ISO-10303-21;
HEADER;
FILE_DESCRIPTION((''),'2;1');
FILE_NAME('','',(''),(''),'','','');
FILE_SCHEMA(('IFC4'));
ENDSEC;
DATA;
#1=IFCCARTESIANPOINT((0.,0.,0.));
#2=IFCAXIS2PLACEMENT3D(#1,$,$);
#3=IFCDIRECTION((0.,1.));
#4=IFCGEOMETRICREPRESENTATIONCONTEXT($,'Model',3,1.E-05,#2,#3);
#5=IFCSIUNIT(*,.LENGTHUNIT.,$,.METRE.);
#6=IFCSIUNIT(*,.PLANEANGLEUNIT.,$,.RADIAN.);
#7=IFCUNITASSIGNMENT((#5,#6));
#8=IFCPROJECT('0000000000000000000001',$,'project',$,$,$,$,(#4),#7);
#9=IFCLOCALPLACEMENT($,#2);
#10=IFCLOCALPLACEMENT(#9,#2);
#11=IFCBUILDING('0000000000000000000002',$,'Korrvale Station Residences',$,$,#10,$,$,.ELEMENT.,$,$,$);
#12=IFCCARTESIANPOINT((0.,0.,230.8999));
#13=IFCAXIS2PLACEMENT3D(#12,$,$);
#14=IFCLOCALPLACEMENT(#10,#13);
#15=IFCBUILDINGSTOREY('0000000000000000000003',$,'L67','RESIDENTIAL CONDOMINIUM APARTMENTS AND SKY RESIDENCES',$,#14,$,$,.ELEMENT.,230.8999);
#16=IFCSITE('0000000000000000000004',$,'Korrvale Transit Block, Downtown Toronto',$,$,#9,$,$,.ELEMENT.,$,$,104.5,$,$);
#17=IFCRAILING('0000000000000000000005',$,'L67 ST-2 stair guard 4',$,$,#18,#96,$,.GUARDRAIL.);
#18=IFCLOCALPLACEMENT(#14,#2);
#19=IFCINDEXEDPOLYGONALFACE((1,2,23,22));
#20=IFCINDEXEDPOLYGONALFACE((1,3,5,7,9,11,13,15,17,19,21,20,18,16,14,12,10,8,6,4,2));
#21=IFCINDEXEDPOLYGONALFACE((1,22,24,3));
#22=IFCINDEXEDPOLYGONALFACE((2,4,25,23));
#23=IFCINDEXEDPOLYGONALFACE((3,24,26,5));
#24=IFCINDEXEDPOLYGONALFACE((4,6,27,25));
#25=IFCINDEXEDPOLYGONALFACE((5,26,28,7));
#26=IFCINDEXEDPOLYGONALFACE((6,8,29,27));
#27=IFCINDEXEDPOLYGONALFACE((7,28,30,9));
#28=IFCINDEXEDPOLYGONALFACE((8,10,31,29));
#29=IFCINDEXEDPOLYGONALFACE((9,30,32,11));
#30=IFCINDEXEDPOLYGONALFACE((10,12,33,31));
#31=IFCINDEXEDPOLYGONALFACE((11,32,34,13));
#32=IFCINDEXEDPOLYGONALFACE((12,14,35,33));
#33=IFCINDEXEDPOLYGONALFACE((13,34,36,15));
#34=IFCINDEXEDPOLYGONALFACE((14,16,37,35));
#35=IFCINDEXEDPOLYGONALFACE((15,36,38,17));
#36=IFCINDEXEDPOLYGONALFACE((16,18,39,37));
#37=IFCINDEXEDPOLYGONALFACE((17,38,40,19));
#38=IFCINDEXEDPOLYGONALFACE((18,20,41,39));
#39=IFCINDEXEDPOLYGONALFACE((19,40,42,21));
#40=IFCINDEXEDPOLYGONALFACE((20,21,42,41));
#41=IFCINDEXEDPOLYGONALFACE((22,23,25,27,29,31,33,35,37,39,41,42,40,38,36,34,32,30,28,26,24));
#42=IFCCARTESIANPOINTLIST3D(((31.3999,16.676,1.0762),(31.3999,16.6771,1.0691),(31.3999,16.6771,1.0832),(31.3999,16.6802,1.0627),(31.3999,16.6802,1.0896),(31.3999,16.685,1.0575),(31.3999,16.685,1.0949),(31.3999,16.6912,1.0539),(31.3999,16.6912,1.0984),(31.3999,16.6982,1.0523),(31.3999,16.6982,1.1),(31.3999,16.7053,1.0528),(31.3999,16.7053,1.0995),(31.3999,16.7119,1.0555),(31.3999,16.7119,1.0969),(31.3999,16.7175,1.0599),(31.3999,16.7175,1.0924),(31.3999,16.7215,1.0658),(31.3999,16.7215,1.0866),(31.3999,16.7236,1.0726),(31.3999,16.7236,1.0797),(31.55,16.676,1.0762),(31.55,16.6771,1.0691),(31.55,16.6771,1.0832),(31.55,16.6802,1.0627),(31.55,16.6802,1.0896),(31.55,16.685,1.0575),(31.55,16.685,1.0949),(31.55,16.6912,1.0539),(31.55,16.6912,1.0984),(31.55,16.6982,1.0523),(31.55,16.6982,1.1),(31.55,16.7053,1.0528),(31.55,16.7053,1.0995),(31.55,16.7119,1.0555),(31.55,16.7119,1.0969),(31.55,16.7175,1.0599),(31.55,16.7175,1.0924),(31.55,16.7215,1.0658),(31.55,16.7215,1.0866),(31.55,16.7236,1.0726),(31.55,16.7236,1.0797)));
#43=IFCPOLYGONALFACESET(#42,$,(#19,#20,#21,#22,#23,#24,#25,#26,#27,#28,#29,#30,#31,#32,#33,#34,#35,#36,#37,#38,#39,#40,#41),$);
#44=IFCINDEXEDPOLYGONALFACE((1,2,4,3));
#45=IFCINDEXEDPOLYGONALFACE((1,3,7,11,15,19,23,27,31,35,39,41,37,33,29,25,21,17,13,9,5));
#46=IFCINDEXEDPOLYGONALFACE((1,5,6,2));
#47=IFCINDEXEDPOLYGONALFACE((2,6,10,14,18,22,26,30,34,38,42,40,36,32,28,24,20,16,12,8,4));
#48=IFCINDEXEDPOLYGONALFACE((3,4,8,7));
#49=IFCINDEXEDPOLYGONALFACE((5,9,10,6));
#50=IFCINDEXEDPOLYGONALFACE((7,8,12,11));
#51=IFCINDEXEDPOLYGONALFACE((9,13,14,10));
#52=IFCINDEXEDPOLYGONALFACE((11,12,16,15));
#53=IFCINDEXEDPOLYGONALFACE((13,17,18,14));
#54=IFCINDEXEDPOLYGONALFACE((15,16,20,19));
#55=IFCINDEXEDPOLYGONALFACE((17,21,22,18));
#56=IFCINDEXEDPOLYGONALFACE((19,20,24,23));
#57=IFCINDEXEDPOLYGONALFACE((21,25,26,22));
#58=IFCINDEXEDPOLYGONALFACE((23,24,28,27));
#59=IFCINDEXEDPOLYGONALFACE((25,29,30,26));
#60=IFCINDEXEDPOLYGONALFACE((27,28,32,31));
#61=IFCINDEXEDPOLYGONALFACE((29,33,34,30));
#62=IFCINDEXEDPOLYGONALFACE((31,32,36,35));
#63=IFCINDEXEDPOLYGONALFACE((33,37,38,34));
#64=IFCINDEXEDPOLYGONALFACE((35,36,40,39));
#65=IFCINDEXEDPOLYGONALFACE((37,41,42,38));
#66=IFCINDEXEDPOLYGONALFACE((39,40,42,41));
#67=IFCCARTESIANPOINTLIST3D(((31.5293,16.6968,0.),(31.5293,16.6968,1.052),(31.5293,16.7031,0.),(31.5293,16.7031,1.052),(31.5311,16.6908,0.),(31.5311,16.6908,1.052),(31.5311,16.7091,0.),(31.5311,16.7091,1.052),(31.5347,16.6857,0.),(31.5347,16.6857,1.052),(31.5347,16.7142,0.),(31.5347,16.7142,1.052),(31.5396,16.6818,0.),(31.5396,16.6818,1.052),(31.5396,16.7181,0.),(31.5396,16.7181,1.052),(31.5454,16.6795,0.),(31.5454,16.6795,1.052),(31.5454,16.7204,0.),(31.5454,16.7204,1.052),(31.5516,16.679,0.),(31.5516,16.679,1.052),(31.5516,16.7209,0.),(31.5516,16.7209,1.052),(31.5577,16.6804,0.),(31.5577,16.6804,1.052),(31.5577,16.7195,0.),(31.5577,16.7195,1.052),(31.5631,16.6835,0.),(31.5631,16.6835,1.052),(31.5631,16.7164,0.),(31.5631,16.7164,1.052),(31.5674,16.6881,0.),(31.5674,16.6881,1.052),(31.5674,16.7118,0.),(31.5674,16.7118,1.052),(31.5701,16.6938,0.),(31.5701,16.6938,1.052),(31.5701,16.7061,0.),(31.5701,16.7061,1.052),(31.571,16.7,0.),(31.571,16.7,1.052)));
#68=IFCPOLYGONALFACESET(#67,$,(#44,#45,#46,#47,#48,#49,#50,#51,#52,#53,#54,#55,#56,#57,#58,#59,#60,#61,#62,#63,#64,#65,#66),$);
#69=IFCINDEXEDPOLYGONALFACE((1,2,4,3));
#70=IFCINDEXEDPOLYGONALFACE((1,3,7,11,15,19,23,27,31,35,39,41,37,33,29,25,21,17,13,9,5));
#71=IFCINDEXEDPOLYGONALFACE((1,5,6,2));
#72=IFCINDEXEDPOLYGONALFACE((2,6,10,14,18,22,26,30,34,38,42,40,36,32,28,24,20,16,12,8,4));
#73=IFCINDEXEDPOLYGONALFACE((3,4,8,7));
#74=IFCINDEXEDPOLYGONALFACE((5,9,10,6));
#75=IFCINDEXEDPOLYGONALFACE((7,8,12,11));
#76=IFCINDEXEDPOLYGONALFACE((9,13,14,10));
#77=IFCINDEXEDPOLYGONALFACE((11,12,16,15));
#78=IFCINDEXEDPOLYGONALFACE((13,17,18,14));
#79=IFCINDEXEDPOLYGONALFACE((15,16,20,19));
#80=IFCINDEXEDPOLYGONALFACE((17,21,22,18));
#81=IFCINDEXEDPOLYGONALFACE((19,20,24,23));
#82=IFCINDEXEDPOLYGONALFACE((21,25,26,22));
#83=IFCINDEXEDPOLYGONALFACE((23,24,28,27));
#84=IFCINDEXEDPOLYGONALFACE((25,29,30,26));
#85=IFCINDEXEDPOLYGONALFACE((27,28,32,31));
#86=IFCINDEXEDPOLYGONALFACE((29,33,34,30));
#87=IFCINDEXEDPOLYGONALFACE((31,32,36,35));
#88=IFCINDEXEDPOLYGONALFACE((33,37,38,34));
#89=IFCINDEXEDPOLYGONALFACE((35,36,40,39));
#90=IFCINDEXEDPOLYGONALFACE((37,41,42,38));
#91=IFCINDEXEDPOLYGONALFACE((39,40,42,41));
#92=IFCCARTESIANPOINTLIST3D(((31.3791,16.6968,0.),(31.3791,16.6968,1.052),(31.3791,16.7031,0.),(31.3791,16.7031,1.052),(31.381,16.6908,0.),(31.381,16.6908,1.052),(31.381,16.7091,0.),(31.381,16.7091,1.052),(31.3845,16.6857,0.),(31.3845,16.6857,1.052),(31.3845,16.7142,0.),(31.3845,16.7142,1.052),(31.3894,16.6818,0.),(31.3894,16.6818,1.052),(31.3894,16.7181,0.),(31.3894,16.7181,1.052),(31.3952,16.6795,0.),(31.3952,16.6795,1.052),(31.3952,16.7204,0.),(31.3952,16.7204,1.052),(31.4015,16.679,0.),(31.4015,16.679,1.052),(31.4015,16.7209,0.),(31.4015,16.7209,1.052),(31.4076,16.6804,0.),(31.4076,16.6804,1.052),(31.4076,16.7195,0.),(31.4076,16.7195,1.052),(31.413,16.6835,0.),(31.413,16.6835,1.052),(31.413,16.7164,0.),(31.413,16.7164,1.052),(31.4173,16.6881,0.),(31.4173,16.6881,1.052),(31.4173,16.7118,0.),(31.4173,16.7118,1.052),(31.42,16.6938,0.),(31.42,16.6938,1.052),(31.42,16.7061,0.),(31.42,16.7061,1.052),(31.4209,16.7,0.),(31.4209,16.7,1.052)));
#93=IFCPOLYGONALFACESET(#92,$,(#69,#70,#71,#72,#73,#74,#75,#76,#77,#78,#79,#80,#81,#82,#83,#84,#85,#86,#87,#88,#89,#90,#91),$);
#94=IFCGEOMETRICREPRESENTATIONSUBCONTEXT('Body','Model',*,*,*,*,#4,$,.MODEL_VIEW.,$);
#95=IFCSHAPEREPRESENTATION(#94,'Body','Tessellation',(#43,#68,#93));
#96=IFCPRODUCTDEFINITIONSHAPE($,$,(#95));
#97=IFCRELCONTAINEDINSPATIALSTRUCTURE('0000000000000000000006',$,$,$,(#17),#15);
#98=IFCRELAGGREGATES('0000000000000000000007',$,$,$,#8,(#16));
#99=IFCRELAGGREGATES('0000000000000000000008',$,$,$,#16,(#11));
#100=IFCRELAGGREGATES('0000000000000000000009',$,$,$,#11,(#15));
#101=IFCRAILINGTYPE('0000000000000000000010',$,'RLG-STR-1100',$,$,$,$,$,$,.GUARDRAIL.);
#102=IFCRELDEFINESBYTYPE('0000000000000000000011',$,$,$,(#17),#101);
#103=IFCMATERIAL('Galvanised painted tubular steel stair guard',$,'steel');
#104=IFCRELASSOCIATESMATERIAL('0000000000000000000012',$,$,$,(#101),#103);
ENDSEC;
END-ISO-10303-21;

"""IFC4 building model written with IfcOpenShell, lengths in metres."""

from ifc_helpers import new_model, si_unit, direction, frame, origin, origin_2d, place, context, subcontext, project, spatial, circle, extrude, material, type_object, element, save


model = new_model("IFC4")

# Units and contexts
model_context = context("Model", 3, precision=1e-05, world=origin(), true_north=direction((0.0, 1.0)))
body_context = subcontext(model_context, "Body", "Model", "MODEL_VIEW")
ifc_project = project(units=[si_unit("LENGTHUNIT", "METRE"), si_unit("PLANEANGLEUNIT", "RADIAN")], contexts=[model_context])

# Site, building, storey
site_placement = place(None, origin())
site = spatial("IfcSite", under=ifc_project, at=site_placement, Name="Korrvale Transit Block, Downtown Toronto", CompositionType="ELEMENT", RefElevation=104.5)
building_placement = place(site_placement, origin())
building = spatial("IfcBuilding", under=site, at=building_placement, Name="Korrvale Station Residences", CompositionType="ELEMENT")
storey_placement = place(building_placement, frame((0.0, 0.0, 230.8999)))
storey = spatial("IfcBuildingStorey", under=building, at=storey_placement, Name="L67", Description="RESIDENTIAL CONDOMINIUM APARTMENTS AND SKY RESIDENCES", CompositionType="ELEMENT", Elevation=230.8999)

# Railing
ifc_material_1 = material(Name="Galvanised painted tubular steel stair guard", Category="steel")
railing_type_1 = type_object("IfcRailingType", Name="RLG-STR-1100", PredefinedType="GUARDRAIL", material=ifc_material_1)
railing_1_placement = place(storey_placement, frame((31.55, 16.7, 0.0)))
element("IfcRailing", 1, at=railing_1_placement, inside=storey, type_object=railing_type_1, Name="L67 ST-2 stair guard 4", PredefinedType="GUARDRAIL", context=body_context, shape_type="SweptSolid", body=[
    extrude(circle(Radius=0.0239, at=origin_2d()), frame((0.0, 0.0, 1.0762), z_axis=(-1.0, 0.0, 0.0), x_axis=(0.0, -1.0, 0.0)), (0.0, 0.0, 1.0), 0.1501),
    extrude(circle(Radius=0.021, at=origin_2d()), origin(), (0.0, 0.0, 1.0), 1.052),
    extrude(circle(Radius=0.021, at=origin_2d()), frame((-0.1501, 0.0, 0.0)), (0.0, 0.0, 1.0), 1.052),
])

save(model, "model.ifc")
